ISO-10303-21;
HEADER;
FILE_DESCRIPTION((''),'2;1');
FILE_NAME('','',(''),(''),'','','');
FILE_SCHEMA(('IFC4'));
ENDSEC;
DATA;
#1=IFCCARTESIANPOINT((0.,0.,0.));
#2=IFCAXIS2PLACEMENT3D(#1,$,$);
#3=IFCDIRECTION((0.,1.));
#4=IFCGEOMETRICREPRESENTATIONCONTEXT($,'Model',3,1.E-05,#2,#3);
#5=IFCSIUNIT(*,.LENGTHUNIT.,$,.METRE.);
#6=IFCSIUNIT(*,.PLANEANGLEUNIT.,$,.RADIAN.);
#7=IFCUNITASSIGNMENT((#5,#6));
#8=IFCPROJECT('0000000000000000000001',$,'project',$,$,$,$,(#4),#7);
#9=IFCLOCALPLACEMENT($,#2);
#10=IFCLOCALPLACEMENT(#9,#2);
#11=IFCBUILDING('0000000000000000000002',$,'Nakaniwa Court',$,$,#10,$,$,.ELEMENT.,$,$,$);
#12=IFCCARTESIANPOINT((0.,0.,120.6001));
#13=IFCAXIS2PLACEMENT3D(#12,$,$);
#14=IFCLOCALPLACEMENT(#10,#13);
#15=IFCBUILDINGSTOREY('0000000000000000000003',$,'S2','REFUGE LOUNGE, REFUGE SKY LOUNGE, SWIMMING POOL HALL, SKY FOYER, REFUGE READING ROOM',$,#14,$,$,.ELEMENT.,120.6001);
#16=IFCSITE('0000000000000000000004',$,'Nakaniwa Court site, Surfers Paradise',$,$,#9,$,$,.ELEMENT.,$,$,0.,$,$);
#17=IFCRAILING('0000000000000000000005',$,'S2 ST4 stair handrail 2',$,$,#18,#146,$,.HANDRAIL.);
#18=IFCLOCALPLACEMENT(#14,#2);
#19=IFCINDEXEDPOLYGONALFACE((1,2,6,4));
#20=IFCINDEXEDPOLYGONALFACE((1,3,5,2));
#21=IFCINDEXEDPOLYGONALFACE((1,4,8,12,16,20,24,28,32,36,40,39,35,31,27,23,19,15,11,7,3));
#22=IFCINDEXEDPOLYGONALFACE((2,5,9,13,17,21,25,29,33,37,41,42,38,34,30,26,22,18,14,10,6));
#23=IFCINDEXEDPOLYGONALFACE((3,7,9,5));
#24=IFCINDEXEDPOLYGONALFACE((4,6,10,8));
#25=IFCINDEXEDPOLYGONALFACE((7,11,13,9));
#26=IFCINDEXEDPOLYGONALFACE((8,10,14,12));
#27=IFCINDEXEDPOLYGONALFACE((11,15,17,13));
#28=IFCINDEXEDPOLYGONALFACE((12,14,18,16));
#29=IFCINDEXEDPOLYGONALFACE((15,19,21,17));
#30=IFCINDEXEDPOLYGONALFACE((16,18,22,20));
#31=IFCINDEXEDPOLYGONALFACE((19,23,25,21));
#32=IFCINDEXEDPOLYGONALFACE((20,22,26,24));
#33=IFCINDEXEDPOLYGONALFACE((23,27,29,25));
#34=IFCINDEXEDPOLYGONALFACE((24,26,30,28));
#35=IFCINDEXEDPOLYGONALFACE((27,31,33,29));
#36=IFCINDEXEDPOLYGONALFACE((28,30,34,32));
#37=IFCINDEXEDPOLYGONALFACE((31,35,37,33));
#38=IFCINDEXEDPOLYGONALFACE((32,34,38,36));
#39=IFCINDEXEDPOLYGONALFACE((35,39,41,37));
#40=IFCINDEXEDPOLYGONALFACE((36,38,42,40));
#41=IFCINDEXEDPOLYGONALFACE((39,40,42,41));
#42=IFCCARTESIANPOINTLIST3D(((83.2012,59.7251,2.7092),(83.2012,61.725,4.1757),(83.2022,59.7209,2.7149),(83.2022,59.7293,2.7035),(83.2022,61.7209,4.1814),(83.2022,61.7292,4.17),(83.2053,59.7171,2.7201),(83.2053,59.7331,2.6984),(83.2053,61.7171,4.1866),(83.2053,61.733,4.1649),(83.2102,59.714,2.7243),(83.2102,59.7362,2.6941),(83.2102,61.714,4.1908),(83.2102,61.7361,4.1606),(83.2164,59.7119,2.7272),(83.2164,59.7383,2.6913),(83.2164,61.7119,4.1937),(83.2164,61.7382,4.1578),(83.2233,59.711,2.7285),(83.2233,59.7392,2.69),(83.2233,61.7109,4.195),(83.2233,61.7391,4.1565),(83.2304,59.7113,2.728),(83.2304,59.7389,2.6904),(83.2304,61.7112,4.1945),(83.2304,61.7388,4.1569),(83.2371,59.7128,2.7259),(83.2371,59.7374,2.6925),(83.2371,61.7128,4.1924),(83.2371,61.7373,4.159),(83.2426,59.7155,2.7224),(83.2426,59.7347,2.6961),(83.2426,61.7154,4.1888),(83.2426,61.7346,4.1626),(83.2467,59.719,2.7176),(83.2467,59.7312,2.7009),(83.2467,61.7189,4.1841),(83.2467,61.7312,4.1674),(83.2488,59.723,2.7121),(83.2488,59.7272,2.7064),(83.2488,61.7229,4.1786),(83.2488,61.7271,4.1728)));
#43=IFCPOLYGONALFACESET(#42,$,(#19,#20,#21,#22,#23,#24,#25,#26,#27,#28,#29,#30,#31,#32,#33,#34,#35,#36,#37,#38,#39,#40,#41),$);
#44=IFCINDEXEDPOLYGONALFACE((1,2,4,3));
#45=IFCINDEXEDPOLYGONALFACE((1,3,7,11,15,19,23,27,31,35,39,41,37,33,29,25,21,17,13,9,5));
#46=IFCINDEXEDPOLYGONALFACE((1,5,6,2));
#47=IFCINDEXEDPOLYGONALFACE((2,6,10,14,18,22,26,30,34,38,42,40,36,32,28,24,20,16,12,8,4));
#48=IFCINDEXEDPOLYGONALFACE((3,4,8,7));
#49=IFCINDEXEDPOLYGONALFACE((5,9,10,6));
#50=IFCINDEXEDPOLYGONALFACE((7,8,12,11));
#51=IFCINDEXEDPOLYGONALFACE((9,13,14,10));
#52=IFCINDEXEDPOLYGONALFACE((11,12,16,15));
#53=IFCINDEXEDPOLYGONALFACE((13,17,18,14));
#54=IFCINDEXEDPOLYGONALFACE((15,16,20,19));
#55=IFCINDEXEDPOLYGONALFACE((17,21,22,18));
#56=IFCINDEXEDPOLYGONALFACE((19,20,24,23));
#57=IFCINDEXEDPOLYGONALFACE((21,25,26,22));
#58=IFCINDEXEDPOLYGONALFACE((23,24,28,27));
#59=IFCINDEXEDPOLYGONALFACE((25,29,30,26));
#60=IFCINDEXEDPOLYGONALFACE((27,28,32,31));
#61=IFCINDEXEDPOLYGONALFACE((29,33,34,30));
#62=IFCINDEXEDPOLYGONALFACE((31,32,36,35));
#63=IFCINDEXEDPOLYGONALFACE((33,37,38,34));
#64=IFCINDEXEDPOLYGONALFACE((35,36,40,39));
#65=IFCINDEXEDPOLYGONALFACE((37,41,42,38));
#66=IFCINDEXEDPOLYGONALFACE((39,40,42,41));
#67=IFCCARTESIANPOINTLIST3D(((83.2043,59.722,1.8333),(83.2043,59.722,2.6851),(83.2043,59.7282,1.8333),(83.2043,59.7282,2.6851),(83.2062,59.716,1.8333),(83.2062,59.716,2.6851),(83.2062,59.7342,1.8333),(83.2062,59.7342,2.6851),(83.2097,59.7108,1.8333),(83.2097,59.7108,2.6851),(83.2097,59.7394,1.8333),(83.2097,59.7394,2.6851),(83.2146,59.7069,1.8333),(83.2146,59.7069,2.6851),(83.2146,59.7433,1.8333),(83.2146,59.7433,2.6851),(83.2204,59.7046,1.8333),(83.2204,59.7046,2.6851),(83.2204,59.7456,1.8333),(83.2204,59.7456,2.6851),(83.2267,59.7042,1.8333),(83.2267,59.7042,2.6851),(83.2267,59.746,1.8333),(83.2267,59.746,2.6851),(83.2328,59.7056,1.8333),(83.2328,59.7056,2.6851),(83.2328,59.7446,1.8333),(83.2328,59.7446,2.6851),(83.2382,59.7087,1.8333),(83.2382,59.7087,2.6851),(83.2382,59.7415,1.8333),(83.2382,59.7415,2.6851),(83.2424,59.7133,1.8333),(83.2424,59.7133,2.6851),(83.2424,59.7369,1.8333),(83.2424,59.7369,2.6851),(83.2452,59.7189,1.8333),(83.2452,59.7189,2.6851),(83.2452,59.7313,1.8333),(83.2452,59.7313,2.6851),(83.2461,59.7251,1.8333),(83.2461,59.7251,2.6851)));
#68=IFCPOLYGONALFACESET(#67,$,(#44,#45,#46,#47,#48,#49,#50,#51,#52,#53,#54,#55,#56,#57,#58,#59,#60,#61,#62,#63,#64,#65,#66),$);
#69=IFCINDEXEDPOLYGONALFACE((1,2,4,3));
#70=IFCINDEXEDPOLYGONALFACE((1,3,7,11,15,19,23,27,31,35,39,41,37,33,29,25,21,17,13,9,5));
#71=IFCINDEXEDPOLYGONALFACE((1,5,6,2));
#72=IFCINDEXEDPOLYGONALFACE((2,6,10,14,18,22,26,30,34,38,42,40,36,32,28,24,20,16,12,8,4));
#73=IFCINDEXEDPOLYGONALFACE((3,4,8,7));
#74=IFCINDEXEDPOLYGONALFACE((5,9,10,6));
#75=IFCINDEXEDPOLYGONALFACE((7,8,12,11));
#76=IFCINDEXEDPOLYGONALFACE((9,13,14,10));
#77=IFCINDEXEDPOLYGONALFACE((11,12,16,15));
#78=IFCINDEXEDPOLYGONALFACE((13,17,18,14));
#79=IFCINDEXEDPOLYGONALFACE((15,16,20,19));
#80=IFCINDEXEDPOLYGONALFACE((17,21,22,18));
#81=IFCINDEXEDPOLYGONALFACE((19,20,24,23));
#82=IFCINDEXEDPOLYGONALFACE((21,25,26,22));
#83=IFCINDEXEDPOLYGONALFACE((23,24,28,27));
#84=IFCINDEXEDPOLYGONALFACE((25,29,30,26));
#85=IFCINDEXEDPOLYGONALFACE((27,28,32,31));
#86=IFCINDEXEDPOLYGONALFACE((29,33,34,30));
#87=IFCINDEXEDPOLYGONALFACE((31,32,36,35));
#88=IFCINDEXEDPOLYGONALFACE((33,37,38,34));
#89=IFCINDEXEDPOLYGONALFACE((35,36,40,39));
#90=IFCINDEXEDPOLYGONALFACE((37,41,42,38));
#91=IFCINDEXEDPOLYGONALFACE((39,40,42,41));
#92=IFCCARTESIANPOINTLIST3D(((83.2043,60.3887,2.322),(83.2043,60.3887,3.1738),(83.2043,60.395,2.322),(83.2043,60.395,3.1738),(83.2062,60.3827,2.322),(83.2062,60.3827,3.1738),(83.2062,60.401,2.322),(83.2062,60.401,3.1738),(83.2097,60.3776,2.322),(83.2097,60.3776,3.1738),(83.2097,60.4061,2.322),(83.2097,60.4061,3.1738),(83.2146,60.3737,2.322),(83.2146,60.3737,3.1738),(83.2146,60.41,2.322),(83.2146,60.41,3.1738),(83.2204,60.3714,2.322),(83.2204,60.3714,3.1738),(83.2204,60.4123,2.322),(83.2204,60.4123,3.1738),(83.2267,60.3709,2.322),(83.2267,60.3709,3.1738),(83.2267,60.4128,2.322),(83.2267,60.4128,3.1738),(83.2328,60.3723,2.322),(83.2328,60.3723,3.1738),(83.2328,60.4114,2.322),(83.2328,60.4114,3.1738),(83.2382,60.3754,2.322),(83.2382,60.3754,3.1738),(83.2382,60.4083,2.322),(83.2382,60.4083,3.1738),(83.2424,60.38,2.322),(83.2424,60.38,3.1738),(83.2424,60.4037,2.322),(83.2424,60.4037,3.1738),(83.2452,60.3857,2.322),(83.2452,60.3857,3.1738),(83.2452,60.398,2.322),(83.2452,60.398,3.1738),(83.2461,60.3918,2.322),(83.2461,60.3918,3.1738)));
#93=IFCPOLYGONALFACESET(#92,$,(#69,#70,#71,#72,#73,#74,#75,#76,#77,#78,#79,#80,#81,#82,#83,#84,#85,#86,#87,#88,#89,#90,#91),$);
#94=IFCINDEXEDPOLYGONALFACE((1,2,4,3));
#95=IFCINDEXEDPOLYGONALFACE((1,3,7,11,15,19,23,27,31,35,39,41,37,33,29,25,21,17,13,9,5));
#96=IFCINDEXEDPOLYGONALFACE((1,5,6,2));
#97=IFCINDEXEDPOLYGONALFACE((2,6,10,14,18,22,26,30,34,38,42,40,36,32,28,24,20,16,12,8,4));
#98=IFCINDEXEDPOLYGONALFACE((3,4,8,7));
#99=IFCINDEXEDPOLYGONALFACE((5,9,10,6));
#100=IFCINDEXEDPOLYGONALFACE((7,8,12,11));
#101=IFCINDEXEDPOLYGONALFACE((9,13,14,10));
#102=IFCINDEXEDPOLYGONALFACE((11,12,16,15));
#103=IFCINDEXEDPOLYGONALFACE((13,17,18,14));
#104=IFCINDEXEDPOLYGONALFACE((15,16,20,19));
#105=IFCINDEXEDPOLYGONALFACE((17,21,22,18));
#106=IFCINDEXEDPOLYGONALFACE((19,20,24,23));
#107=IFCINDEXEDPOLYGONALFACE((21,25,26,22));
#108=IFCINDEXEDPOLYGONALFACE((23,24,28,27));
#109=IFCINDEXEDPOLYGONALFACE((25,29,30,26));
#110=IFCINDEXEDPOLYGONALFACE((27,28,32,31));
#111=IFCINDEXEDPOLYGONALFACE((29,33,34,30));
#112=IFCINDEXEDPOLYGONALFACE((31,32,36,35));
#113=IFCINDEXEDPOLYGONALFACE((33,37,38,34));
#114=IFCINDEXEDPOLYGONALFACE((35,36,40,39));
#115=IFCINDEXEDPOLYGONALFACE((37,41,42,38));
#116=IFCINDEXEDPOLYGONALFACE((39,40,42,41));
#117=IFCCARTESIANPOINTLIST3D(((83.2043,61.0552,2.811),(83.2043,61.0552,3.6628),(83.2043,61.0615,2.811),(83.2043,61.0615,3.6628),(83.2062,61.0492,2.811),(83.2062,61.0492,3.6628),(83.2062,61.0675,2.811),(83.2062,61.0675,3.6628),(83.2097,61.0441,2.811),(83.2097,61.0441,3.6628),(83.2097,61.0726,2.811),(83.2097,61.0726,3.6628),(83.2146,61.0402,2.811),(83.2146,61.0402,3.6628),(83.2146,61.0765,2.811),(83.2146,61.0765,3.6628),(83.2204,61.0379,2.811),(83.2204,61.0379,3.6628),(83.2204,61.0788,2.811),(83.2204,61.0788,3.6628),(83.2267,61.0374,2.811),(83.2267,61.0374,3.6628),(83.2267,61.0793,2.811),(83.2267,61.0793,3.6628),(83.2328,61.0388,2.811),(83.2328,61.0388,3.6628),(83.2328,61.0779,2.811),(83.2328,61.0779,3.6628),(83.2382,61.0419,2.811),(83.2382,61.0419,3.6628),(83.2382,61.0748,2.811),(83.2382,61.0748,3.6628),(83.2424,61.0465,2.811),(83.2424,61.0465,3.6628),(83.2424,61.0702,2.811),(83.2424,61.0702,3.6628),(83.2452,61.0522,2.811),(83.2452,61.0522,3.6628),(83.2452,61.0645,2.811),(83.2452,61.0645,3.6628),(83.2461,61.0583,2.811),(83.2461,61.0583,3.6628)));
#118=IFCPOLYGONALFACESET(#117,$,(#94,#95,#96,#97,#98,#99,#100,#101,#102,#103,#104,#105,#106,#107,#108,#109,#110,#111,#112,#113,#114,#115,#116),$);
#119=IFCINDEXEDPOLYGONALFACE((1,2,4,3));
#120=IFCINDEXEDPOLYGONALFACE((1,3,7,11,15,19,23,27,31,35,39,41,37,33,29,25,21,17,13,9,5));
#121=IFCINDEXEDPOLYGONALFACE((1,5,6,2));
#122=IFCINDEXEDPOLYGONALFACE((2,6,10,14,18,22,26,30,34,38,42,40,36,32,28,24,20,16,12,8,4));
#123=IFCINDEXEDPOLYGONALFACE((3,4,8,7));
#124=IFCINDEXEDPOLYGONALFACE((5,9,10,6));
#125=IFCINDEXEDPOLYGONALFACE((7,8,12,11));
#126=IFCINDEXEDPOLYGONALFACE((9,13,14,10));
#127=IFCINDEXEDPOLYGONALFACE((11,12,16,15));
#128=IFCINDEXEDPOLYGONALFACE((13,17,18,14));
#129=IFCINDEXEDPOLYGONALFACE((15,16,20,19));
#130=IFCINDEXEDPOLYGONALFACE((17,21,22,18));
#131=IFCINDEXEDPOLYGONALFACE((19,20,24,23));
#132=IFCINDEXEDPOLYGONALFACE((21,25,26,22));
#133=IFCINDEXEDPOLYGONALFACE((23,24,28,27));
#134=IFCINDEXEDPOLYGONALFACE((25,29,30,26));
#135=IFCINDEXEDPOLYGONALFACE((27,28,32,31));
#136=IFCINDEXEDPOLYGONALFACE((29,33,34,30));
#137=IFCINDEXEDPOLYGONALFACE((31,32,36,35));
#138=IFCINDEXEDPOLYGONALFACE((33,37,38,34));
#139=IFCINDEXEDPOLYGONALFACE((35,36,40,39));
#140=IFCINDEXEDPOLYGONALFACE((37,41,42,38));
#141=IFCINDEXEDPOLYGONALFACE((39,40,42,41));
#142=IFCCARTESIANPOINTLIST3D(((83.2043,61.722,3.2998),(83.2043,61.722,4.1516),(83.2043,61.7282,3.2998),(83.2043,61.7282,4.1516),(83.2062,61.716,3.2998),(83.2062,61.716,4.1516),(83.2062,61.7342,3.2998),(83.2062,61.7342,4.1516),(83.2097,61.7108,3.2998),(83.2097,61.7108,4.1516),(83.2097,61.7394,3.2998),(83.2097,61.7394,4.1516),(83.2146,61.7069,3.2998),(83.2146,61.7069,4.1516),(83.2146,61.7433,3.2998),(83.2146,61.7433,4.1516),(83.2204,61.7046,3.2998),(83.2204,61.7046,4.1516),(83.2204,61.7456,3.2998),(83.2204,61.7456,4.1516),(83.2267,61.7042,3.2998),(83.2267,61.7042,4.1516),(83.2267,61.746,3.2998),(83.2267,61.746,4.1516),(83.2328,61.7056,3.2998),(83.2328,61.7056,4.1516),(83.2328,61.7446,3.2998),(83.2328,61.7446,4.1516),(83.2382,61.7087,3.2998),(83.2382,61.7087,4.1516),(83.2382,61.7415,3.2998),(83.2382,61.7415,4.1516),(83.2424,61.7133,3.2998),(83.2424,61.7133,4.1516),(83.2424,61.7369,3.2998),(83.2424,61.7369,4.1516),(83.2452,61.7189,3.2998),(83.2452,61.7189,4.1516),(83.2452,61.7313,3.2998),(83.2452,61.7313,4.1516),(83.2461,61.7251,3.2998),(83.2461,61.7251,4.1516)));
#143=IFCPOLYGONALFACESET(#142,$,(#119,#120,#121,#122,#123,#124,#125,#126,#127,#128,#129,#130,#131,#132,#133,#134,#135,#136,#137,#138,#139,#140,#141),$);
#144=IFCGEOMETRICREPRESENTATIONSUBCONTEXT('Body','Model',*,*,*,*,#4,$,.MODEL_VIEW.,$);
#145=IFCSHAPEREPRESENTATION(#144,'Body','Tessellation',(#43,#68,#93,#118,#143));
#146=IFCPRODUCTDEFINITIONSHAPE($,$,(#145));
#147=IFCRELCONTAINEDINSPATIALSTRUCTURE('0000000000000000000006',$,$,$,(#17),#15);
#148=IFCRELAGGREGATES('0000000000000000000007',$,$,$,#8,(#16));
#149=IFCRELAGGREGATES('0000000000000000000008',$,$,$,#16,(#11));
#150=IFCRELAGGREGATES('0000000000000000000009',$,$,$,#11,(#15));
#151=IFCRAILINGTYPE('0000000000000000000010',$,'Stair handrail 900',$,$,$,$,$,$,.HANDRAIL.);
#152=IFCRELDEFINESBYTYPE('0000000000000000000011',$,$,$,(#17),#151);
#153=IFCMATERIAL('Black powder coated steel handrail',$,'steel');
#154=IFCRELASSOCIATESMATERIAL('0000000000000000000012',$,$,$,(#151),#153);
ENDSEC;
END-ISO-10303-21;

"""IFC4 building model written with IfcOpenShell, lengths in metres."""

from ifc_helpers import new_model, si_unit, direction, frame, origin, origin_2d, place, context, subcontext, project, spatial, circle, extrude, material, type_object, element, save


model = new_model("IFC4")

# Units and contexts
model_context = context("Model", 3, precision=1e-05, world=origin(), true_north=direction((0.0, 1.0)))
body_context = subcontext(model_context, "Body", "Model", "MODEL_VIEW")
ifc_project = project(units=[si_unit("LENGTHUNIT", "METRE"), si_unit("PLANEANGLEUNIT", "RADIAN")], contexts=[model_context])

# Site, building, storey
site_placement = place(None, origin())
site = spatial("IfcSite", under=ifc_project, at=site_placement, Name="Nakaniwa Court site, Surfers Paradise", CompositionType="ELEMENT", RefElevation=0.0)
building_placement = place(site_placement, origin())
building = spatial("IfcBuilding", under=site, at=building_placement, Name="Nakaniwa Court", CompositionType="ELEMENT")
storey_placement = place(building_placement, frame((0.0, 0.0, 120.6001)))
storey = spatial("IfcBuildingStorey", under=building, at=storey_placement, Name="S2", Description="REFUGE LOUNGE, REFUGE SKY LOUNGE, SWIMMING POOL HALL, SKY FOYER, REFUGE READING ROOM", CompositionType="ELEMENT", Elevation=120.6001)

# Railing
ifc_material_1 = material(Name="Black powder coated steel handrail", Category="steel")
railing_type_1 = type_object("IfcRailingType", Name="Stair handrail 900", PredefinedType="HANDRAIL", material=ifc_material_1)
railing_1_placement = place(storey_placement, frame((83.2251, 59.7251, 1.8333)))
element("IfcRailing", 1, at=railing_1_placement, inside=storey, type_object=railing_type_1, Name="S2 ST4 stair handrail 2", PredefinedType="HANDRAIL", context=body_context, shape_type="SweptSolid", body=[
    extrude(circle(Radius=0.0239, at=origin_2d()), frame((0.0, 0.0, 0.876), z_axis=(0.0, 0.806427, 0.591334), x_axis=(-1.0, 0.0, 0.0)), (0.0, 0.0, 1.0), 2.48),
    extrude(circle(Radius=0.021, at=origin_2d()), origin(), (0.0, 0.0, 1.0), 0.8518),
    extrude(circle(Radius=0.021, at=origin_2d()), frame((0.0, 0.6667, 0.4888)), (0.0, 0.0, 1.0), 0.8518),
    extrude(circle(Radius=0.021, at=origin_2d()), frame((0.0, 1.3333, 0.9778)), (0.0, 0.0, 1.0), 0.8518),
    extrude(circle(Radius=0.021, at=origin_2d()), frame((0.0, 2.0, 1.4666)), (0.0, 0.0, 1.0), 0.8518),
])

save(model, "model.ifc")
